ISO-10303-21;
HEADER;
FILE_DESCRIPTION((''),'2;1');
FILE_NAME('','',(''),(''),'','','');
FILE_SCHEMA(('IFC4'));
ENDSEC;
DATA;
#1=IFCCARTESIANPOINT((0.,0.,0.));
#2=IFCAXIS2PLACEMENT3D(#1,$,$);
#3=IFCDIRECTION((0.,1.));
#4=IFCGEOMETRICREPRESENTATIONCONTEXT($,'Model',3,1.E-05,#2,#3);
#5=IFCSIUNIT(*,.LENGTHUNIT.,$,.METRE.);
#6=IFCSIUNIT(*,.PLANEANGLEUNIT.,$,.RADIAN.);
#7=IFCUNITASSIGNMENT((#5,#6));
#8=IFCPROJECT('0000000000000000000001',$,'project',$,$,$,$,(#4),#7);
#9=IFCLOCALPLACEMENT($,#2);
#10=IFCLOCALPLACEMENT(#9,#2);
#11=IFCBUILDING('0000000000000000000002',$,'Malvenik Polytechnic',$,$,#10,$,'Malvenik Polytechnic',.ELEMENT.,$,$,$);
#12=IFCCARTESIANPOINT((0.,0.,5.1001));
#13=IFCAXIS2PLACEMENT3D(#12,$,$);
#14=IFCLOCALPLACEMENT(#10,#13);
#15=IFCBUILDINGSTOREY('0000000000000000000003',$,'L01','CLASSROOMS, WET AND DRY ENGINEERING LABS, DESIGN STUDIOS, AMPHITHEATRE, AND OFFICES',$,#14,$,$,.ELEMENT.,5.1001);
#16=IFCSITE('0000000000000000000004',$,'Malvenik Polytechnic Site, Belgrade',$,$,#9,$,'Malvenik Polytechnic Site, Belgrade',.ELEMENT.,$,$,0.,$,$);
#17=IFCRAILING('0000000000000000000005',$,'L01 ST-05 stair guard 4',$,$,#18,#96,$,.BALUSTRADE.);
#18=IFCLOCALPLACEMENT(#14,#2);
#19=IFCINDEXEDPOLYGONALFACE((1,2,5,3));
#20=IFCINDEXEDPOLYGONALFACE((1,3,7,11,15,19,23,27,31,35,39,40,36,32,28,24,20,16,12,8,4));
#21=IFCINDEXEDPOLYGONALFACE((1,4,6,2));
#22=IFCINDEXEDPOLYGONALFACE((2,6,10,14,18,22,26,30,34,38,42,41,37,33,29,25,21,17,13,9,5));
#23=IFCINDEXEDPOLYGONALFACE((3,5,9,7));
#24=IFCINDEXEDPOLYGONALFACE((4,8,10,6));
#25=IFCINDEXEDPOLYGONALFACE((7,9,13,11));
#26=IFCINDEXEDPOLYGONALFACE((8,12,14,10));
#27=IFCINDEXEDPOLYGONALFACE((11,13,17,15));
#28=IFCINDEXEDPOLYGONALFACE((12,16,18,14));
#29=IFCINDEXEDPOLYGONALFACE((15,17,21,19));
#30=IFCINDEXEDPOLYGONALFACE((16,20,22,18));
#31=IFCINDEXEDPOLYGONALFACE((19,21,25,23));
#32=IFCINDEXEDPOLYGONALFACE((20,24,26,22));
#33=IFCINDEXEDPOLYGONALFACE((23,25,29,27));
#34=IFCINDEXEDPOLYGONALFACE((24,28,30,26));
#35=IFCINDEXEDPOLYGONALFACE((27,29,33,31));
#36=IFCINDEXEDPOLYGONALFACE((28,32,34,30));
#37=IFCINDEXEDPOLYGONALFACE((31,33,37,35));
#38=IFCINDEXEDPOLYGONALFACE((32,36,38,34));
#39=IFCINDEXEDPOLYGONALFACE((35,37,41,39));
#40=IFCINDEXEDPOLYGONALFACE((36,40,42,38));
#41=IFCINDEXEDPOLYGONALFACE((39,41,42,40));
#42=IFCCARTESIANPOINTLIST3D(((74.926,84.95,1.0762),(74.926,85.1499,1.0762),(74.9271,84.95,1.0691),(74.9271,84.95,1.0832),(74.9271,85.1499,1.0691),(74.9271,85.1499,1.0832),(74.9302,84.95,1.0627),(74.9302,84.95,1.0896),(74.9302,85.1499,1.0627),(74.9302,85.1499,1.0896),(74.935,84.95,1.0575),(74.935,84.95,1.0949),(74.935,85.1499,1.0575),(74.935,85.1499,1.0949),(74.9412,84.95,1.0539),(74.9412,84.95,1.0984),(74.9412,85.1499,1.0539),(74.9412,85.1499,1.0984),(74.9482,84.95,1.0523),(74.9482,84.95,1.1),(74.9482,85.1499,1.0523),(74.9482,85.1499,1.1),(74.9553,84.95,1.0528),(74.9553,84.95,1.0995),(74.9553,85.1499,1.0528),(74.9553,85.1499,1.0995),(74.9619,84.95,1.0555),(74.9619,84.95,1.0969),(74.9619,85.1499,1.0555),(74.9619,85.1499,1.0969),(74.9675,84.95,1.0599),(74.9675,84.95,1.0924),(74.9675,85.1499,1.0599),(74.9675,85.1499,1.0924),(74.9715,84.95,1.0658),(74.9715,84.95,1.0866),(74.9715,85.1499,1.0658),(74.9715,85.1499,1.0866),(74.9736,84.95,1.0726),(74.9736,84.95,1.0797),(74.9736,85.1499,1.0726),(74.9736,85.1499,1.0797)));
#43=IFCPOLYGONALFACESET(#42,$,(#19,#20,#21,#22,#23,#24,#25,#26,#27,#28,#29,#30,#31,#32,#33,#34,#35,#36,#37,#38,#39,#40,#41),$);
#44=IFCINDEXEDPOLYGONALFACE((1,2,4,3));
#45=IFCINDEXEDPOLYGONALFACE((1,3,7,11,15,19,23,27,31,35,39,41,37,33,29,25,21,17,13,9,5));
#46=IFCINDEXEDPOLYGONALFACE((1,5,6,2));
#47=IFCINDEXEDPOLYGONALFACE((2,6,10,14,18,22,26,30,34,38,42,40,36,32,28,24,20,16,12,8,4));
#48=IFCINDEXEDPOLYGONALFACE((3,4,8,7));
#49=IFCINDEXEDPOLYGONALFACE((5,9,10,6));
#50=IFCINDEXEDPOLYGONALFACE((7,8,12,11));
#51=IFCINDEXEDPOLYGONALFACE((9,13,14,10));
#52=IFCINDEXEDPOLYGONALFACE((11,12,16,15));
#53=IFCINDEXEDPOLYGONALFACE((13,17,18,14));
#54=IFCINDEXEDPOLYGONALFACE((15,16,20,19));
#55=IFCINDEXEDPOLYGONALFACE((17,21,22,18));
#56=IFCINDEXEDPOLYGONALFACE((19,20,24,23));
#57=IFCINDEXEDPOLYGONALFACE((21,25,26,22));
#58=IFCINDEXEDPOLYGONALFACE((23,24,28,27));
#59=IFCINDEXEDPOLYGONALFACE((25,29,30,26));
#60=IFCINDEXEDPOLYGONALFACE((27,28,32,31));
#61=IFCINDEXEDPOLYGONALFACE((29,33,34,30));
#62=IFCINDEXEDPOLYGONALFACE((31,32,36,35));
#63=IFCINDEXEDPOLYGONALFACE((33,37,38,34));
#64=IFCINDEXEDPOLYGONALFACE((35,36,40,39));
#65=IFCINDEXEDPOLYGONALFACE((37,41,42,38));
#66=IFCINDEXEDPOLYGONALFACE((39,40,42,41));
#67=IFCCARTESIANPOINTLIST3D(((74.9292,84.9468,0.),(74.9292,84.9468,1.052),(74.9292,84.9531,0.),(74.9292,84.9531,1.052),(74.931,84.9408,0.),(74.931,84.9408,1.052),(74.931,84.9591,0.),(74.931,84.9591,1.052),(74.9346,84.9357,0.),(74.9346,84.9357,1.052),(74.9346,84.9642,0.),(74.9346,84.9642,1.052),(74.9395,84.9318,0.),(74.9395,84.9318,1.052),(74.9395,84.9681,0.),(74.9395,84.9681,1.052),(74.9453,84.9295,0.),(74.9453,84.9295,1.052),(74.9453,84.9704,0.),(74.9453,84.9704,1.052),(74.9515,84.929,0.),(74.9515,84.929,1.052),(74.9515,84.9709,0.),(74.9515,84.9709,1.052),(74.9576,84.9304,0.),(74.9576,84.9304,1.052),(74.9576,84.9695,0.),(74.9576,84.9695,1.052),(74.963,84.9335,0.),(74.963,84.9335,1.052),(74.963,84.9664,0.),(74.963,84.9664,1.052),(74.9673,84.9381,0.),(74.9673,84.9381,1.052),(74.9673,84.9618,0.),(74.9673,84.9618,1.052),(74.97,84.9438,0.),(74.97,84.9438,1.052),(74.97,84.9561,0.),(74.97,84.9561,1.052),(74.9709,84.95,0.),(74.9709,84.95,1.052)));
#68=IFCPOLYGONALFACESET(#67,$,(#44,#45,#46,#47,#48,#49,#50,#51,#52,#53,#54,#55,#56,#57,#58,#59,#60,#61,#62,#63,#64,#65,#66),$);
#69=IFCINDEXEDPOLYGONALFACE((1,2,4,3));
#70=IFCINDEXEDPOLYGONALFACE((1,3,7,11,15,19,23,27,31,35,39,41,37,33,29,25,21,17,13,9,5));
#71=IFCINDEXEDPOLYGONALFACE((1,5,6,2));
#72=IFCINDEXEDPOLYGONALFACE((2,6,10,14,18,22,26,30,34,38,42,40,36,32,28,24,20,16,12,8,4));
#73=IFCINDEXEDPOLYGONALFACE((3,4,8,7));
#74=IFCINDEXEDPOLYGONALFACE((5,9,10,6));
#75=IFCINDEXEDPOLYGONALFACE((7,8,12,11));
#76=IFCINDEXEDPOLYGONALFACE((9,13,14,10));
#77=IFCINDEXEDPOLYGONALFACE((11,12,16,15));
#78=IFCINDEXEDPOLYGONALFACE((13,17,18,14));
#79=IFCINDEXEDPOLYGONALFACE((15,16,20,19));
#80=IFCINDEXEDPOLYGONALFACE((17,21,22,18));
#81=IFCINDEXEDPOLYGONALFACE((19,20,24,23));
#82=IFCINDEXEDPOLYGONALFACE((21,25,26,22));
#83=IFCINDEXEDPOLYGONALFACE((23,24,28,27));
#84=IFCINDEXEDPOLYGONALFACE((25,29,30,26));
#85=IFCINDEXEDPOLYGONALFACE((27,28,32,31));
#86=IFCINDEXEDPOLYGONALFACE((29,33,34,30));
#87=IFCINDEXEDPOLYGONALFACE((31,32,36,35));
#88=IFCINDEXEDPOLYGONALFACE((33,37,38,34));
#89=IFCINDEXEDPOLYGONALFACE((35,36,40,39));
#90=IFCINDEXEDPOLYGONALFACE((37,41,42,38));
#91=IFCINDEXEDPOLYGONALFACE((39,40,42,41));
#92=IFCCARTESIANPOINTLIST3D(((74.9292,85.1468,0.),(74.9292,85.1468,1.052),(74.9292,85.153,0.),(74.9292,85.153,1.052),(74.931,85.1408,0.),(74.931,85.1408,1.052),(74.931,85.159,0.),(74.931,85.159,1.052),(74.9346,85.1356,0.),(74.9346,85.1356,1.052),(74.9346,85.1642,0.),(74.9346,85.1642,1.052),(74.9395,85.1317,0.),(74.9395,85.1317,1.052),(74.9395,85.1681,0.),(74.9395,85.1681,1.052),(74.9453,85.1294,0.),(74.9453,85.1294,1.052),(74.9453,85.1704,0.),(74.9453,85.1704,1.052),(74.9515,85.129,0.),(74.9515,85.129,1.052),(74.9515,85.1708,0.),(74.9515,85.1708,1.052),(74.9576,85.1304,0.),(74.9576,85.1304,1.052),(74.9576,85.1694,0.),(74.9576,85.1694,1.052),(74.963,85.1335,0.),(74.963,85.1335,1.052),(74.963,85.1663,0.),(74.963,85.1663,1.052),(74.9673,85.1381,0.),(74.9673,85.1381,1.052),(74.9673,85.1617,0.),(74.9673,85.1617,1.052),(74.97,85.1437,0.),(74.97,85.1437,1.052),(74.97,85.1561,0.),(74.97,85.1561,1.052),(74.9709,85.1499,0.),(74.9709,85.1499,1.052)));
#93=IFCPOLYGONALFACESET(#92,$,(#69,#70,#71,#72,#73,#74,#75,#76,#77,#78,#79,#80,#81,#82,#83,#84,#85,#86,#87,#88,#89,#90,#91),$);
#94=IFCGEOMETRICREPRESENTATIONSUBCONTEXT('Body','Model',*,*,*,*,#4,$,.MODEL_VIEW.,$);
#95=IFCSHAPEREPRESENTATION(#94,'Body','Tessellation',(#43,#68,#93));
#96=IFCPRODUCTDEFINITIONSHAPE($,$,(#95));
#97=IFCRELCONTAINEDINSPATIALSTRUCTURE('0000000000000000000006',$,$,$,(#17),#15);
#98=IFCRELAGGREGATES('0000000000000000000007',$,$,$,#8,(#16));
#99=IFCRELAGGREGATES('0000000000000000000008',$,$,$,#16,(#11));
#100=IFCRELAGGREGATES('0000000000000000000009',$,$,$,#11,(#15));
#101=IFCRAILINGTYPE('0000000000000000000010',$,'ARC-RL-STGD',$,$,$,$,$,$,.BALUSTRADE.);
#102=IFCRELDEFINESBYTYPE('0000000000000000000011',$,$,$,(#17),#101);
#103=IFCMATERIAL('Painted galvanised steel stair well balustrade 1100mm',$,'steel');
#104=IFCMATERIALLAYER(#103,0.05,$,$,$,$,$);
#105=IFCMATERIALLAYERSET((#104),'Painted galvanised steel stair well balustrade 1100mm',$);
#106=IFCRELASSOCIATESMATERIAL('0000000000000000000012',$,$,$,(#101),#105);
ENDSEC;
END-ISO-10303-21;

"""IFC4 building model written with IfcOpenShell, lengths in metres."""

from ifc_helpers import new_model, si_unit, direction, frame, origin, origin_2d, place, context, subcontext, project, spatial, circle, extrude, material, layer, layer_set, type_object, element, save


model = new_model("IFC4")

# Units and contexts
model_context = context("Model", 3, precision=1e-05, world=origin(), true_north=direction((0.0, 1.0)))
body_context = subcontext(model_context, "Body", "Model", "MODEL_VIEW")
ifc_project = project(units=[si_unit("LENGTHUNIT", "METRE"), si_unit("PLANEANGLEUNIT", "RADIAN")], contexts=[model_context])

# Site, building, storey
site_placement = place(None, origin())
site = spatial("IfcSite", under=ifc_project, at=site_placement, Name="Malvenik Polytechnic Site, Belgrade", LongName="Malvenik Polytechnic Site, Belgrade", CompositionType="ELEMENT", RefElevation=0.0)
building_placement = place(site_placement, origin())
building = spatial("IfcBuilding", under=site, at=building_placement, Name="Malvenik Polytechnic", LongName="Malvenik Polytechnic", CompositionType="ELEMENT")
storey_placement = place(building_placement, frame((0.0, 0.0, 5.1001)))
storey = spatial("IfcBuildingStorey", under=building, at=storey_placement, Name="L01", Description="CLASSROOMS, WET AND DRY ENGINEERING LABS, DESIGN STUDIOS, AMPHITHEATRE, AND OFFICES", CompositionType="ELEMENT", Elevation=5.1001)

# Railing
ifc_material_1 = material(Name="Painted galvanised steel stair well balustrade 1100mm", Category="steel")
ifc_layer_1 = layer(ifc_material_1, 0.05)
ifc_layer_set_1 = layer_set([ifc_layer_1], Name="Painted galvanised steel stair well balustrade 1100mm")
railing_type_1 = type_object("IfcRailingType", Name="ARC-RL-STGD", PredefinedType="BALUSTRADE", material=ifc_layer_set_1)
railing_1_placement = place(storey_placement, frame((74.95, 84.95, 0.0)))
element("IfcRailing", 1, at=railing_1_placement, inside=storey, type_object=railing_type_1, Name="L01 ST-05 stair guard 4", PredefinedType="BALUSTRADE", context=body_context, shape_type="SweptSolid", body=[
    extrude(circle(Radius=0.0239, at=origin_2d()), frame((0.0, 0.0, 1.0762), z_axis=(0.0, 1.0, 0.0), x_axis=(-1.0, 0.0, 0.0)), (0.0, 0.0, 1.0), 0.2),
    extrude(circle(Radius=0.021, at=origin_2d()), origin(), (0.0, 0.0, 1.0), 1.052),
    extrude(circle(Radius=0.021, at=origin_2d()), frame((0.0, 0.2, 0.0)), (0.0, 0.0, 1.0), 1.052),
])

save(model, "model.ifc")
